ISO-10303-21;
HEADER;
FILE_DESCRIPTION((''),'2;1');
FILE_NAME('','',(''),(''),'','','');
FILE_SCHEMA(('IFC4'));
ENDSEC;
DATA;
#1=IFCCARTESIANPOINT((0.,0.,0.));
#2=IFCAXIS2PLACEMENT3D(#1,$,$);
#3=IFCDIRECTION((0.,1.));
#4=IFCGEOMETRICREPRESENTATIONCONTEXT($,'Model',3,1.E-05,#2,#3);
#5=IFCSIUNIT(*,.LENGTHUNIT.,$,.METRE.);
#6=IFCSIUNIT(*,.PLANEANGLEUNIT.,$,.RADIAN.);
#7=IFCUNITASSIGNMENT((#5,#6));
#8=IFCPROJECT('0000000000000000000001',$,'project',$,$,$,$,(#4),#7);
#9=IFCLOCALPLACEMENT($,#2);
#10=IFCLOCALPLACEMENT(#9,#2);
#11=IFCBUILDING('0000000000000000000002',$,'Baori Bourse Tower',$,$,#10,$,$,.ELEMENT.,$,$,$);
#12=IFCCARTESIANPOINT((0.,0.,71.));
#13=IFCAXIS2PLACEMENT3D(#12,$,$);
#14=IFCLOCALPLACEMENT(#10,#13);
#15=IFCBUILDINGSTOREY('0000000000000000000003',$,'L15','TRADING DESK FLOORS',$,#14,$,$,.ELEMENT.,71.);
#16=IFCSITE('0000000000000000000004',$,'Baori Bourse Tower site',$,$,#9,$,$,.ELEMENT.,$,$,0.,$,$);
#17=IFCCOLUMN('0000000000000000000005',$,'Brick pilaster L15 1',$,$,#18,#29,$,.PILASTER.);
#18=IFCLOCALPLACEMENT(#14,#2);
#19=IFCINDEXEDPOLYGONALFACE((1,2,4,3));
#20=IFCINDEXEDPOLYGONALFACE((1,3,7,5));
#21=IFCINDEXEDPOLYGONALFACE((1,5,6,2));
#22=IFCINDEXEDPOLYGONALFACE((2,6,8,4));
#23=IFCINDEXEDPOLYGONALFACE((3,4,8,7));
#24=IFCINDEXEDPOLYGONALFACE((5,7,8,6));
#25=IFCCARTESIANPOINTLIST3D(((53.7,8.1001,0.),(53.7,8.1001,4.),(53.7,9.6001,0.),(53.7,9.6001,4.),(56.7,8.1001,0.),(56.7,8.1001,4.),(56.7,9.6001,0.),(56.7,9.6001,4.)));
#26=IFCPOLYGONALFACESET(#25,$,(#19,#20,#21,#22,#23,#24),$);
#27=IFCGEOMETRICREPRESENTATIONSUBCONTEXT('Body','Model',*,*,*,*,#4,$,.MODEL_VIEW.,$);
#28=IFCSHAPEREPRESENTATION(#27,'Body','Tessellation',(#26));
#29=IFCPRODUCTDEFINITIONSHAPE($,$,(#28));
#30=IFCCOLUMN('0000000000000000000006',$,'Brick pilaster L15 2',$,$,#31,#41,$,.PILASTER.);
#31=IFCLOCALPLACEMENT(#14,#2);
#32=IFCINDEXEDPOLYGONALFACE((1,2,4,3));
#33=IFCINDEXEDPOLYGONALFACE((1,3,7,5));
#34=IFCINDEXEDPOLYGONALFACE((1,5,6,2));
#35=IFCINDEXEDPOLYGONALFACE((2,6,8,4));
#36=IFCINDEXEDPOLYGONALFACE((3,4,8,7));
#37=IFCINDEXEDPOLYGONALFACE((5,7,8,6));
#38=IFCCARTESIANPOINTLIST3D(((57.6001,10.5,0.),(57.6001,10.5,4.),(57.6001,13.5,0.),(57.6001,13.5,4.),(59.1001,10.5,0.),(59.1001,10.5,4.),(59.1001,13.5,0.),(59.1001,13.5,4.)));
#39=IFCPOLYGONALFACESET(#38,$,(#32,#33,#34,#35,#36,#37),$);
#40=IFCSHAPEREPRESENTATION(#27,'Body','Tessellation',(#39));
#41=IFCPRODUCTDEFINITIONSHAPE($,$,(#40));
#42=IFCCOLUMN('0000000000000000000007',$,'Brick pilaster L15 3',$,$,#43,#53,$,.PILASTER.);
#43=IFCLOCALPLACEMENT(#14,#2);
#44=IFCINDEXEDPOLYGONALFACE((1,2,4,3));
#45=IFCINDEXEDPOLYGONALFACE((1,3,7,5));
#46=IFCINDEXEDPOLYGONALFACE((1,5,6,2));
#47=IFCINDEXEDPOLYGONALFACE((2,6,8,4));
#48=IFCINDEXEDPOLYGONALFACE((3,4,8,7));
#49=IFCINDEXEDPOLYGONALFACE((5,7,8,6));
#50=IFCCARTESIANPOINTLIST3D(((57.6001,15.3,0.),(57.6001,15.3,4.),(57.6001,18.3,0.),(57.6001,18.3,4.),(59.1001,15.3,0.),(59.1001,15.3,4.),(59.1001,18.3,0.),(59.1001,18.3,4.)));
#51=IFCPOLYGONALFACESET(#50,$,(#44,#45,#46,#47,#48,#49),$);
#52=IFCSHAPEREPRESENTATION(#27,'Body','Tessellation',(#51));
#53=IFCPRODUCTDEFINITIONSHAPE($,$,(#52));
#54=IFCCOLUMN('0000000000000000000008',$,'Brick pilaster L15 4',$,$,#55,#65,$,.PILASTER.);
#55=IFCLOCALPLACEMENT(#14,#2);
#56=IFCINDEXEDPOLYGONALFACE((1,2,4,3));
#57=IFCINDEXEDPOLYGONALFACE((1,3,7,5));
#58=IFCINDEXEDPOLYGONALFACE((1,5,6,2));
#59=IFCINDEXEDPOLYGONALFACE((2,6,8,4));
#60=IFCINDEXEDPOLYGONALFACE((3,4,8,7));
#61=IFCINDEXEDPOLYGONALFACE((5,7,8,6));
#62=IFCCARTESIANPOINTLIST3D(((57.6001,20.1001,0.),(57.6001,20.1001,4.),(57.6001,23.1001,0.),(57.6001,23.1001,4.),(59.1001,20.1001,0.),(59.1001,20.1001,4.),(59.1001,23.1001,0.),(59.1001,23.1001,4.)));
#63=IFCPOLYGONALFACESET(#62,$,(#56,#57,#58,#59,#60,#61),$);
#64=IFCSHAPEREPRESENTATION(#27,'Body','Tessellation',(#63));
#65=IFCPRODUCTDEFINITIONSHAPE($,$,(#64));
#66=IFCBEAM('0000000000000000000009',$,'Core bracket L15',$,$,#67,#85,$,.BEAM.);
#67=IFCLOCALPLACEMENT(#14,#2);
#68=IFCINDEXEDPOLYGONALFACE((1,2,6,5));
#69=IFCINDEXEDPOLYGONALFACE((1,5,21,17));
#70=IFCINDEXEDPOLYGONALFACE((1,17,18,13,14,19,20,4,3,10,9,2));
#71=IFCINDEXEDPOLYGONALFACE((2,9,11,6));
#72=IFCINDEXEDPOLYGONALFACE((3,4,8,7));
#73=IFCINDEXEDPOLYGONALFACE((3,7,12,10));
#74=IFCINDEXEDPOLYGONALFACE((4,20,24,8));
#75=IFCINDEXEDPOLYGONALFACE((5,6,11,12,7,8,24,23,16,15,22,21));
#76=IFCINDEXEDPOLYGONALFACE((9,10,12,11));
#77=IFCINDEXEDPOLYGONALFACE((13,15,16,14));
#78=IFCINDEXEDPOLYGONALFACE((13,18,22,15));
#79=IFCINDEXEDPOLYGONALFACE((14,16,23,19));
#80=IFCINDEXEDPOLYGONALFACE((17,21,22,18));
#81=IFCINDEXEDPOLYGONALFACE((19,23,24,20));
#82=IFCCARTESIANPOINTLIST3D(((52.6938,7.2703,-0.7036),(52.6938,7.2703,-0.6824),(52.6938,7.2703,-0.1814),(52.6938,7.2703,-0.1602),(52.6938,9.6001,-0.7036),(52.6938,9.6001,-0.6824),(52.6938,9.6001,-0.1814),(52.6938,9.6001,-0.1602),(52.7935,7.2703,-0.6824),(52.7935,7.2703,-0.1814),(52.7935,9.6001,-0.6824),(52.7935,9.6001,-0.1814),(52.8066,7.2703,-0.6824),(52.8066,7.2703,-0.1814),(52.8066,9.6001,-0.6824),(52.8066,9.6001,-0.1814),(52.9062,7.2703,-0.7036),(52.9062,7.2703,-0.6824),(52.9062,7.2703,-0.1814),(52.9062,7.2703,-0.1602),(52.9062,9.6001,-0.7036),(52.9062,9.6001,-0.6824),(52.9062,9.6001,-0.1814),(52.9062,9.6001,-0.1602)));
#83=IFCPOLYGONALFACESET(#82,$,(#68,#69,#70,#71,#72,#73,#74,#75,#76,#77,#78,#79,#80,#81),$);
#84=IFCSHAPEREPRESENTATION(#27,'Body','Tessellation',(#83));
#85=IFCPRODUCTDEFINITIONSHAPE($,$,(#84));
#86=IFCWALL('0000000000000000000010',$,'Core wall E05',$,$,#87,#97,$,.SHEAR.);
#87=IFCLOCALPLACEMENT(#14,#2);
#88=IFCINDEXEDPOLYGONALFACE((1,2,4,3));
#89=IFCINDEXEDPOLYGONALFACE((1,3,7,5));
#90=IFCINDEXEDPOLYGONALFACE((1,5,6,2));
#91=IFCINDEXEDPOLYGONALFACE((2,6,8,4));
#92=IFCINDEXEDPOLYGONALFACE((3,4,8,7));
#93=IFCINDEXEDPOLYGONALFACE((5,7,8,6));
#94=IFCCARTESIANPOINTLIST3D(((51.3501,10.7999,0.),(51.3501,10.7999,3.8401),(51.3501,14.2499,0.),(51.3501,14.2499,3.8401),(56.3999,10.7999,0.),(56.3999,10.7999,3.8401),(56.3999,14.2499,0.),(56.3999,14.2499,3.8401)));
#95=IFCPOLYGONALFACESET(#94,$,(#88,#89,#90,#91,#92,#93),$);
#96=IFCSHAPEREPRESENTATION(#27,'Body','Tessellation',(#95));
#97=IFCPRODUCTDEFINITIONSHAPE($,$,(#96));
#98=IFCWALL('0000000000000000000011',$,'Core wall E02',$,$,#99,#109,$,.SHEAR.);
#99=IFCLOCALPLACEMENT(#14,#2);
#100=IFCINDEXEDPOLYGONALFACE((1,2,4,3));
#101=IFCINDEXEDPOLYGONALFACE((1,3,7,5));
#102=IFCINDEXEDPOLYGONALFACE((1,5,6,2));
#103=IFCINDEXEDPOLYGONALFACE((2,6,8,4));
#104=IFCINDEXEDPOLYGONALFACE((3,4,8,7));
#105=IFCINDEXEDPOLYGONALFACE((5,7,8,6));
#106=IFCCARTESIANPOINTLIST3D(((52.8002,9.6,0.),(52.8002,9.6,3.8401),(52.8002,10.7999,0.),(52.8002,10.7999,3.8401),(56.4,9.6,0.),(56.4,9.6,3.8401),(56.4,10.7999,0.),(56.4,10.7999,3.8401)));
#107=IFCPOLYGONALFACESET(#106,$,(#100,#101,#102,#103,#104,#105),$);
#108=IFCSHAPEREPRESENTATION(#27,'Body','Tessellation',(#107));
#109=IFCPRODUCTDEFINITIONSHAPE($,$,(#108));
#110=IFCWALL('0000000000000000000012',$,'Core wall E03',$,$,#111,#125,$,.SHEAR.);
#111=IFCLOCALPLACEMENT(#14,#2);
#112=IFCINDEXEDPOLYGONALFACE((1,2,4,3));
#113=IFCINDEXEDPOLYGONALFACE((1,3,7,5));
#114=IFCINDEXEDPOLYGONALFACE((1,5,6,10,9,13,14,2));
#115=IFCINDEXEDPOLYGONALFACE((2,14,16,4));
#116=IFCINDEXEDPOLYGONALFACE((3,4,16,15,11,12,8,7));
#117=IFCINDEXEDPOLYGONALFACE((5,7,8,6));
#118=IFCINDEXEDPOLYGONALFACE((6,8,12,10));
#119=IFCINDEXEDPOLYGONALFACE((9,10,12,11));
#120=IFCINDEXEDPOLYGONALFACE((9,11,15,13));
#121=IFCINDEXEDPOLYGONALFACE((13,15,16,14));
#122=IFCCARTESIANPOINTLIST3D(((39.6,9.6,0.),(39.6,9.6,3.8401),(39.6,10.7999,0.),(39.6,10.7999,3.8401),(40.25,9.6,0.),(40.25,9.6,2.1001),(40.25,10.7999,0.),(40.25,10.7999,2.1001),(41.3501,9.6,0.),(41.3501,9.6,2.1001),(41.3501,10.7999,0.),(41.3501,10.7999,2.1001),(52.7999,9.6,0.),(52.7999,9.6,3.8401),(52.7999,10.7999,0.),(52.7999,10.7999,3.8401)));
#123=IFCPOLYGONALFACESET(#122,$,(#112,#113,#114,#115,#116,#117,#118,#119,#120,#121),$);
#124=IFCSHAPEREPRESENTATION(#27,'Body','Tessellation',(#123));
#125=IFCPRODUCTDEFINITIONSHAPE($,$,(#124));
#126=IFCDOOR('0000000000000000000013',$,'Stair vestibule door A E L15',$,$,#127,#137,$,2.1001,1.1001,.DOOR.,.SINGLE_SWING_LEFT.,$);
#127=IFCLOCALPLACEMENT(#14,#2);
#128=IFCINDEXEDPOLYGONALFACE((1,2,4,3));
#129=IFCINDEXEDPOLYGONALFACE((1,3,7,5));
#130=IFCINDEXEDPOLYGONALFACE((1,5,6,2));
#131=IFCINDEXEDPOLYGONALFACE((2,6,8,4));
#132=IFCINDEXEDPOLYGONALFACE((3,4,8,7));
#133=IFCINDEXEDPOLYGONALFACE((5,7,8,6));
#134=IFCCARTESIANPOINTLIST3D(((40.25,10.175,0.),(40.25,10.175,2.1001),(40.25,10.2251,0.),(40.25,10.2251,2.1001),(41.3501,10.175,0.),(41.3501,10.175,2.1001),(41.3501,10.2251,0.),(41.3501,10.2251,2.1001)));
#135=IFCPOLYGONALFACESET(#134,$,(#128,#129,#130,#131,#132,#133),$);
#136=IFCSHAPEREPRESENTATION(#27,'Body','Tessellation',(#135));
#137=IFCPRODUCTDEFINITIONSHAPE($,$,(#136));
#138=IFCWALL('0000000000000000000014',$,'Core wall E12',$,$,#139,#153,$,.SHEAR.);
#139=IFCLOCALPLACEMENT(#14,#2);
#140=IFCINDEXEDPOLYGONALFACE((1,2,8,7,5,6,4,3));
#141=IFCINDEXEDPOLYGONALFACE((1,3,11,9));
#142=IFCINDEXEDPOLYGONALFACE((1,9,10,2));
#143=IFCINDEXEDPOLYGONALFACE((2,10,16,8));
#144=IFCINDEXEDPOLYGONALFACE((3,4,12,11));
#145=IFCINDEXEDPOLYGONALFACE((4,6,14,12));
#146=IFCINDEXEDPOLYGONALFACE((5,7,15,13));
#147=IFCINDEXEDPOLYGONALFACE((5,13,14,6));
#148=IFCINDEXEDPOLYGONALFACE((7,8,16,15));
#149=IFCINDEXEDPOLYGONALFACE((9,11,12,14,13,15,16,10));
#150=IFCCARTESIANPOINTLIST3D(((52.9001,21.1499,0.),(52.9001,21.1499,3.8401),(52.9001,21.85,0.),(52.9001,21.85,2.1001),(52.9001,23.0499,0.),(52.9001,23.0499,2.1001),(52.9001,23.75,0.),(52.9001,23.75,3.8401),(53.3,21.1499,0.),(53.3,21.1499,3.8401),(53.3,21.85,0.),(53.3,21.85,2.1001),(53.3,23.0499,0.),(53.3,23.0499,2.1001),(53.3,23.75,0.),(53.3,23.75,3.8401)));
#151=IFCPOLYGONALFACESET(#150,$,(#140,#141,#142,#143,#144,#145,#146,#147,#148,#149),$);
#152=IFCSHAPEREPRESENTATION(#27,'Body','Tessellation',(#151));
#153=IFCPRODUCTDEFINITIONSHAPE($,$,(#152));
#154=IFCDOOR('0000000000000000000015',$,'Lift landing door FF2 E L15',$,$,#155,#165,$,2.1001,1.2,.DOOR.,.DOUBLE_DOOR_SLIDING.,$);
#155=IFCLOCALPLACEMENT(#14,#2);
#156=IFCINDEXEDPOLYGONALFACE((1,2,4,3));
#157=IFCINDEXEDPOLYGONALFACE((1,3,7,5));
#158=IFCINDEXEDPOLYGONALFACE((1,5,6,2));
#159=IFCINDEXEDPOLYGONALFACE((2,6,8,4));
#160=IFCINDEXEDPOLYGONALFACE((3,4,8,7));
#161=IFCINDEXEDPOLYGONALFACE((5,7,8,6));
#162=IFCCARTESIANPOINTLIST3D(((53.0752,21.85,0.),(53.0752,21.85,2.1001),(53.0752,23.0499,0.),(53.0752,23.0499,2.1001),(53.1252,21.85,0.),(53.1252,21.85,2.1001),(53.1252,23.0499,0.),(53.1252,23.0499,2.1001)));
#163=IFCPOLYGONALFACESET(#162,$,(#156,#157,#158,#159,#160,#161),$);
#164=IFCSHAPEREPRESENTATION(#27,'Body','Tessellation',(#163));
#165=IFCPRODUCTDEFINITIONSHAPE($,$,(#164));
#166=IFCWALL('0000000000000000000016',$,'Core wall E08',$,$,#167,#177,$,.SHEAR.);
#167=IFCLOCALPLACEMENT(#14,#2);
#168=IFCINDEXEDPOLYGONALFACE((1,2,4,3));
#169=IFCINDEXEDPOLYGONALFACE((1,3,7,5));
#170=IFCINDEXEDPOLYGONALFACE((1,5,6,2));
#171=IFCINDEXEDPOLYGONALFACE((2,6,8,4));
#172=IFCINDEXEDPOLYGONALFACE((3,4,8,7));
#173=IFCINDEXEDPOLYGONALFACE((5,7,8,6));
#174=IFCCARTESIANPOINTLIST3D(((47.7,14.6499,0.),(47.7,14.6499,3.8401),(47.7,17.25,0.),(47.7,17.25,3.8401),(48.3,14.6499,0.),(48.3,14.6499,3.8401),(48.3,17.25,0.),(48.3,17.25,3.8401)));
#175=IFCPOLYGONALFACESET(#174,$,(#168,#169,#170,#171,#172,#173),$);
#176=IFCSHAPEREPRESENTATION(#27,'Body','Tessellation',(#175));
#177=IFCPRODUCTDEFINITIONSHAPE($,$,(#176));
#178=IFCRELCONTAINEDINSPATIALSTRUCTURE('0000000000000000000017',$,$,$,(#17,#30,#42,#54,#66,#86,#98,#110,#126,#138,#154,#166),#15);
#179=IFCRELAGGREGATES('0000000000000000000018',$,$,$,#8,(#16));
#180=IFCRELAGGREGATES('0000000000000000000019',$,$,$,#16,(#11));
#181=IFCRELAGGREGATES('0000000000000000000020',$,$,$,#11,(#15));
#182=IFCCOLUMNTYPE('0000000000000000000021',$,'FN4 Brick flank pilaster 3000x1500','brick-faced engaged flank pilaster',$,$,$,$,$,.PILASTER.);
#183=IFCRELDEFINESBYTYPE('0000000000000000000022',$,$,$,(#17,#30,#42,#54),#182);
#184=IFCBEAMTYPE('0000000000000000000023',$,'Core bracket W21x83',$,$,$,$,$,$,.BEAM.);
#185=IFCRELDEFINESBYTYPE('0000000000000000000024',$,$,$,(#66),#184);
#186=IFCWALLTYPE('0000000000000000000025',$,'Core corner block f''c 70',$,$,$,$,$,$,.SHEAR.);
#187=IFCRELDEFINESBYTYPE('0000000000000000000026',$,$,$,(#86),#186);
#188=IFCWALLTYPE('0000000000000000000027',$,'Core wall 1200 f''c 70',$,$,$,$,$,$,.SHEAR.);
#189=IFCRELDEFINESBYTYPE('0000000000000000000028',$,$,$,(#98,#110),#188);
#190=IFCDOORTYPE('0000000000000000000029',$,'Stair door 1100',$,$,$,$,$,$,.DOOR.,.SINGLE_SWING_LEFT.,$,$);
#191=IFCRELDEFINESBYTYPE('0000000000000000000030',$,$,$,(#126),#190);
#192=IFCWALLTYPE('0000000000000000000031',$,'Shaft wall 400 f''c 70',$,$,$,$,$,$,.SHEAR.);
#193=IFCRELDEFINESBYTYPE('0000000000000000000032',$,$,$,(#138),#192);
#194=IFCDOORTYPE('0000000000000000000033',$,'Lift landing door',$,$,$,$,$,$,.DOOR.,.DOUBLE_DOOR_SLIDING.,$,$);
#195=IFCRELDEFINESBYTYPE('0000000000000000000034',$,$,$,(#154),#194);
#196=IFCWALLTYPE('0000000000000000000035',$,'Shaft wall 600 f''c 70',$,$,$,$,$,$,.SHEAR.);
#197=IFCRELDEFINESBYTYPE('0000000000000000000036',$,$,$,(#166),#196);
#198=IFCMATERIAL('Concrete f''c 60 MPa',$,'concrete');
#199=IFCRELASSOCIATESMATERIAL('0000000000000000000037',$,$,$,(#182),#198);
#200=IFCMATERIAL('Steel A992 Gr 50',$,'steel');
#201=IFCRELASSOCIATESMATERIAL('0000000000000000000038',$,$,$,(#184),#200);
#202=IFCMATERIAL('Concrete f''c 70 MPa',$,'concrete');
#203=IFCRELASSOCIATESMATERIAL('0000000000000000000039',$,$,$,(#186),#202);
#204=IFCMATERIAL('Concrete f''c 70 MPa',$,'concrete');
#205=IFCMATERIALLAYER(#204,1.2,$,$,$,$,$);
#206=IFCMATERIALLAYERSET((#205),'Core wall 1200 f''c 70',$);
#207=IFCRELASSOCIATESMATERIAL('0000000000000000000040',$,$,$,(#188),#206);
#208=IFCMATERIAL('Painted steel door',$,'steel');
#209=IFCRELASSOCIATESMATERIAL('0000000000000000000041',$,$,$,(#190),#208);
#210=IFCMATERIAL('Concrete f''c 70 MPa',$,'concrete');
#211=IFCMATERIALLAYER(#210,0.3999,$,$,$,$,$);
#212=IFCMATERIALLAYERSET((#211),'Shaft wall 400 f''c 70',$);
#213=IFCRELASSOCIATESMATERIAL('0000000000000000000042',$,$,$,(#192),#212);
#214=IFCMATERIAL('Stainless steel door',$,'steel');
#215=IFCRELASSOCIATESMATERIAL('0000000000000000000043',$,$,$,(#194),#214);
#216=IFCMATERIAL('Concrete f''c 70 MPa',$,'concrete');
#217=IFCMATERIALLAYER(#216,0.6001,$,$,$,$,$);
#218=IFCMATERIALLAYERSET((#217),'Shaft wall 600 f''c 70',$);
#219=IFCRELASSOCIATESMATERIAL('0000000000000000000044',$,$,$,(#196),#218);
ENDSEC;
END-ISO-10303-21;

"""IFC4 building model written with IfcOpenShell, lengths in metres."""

from ifc_helpers import new_model, si_unit, direction, frame, frame_2d, origin, origin_2d, place, context, subcontext, project, spatial, rectangle, i_section, extrude, material, layer, layer_set, material_profile, profile_set, type_object, element, fill, save


model = new_model("IFC4")

# Units and contexts
model_context = context("Model", 3, precision=1e-05, world=origin(), true_north=direction((0.0, 1.0)))
body_context = subcontext(model_context, "Body", "Model", "MODEL_VIEW")
ifc_project = project(units=[si_unit("LENGTHUNIT", "METRE"), si_unit("PLANEANGLEUNIT", "RADIAN")], contexts=[model_context])

# Site, building, storey
site_placement = place(None, origin())
site = spatial("IfcSite", under=ifc_project, at=site_placement, Name="Baori Bourse Tower site", CompositionType="ELEMENT", RefElevation=0.0)
building_placement = place(site_placement, origin())
building = spatial("IfcBuilding", under=site, at=building_placement, Name="Baori Bourse Tower", CompositionType="ELEMENT")
storey_placement = place(building_placement, frame((0.0, 0.0, 71.0)))
storey = spatial("IfcBuildingStorey", under=building, at=storey_placement, Name="L15", Description="TRADING DESK FLOORS", CompositionType="ELEMENT", Elevation=71.0)

# Columns
ifc_material_1 = material(Name="Concrete f'c 60 MPa", Category="concrete")
ifc_material_profile_1 = material_profile(ifc_material_1, rectangle(XDim=3.0, YDim=1.5, at=origin_2d()), Name="RC 3000x1500")
ifc_profile_set_1 = profile_set([ifc_material_profile_1], Name="Concrete f'c 60 MPa")
column_type = type_object("IfcColumnType", Name="FN4 Brick flank pilaster 3000x1500", Description="brick-faced engaged flank pilaster", PredefinedType="PILASTER", material=ifc_profile_set_1)
for number, where, z_axis, x_axis, name in (
    (1, (55.2, 8.8501, 0.0), (0.0, 0.0, 1.0), (1.0, 0.0, 0.0), "Brick pilaster L15 1"),
    (2, (58.3501, 12.0, 0.0), (0.0, 0.0, 1.0), (0.0, 1.0, 0.0), "Brick pilaster L15 2"),
    (3, (58.3501, 16.8, 0.0), (0.0, 0.0, 1.0), (0.0, 1.0, 0.0), "Brick pilaster L15 3"),
    (4, (58.3501, 21.6001, 0.0), (0.0, 0.0, 1.0), (0.0, 1.0, 0.0), "Brick pilaster L15 4"),
):
    element("IfcColumn", number, at=place(storey_placement, frame(where, z_axis=z_axis, x_axis=x_axis)), inside=storey, type_object=column_type, Name=name, PredefinedType="PILASTER", context=body_context, shape_type="SweptSolid", body=[
        extrude(rectangle(XDim=3.0, YDim=1.5, at=origin_2d()), origin(), (0.0, 0.0, 1.0), 4.0),
    ])

# Beam
ifc_material_2 = material(Name="Steel A992 Gr 50", Category="steel")
ifc_material_profile_2 = material_profile(ifc_material_2, i_section(OverallWidth=0.2124, OverallDepth=0.5435, WebThickness=0.0132, FlangeThickness=0.0212, at=origin_2d()), Name="W21x83")
ifc_profile_set_2 = profile_set([ifc_material_profile_2], Name="Steel A992 Gr 50")
beam_type = type_object("IfcBeamType", Name="Core bracket W21x83", PredefinedType="BEAM", material=ifc_profile_set_2)
beam_placement = place(storey_placement, frame((52.8, 7.2703, -0.4319), z_axis=(0.0, 1.0, 0.0), x_axis=(-1.0, 0.0, 0.0)))
element("IfcBeam", 5, at=beam_placement, inside=storey, type_object=beam_type, Name="Core bracket L15", PredefinedType="BEAM", context=body_context, shape_type="SweptSolid", body=[
    extrude(i_section(OverallWidth=0.2124, OverallDepth=0.5435, WebThickness=0.0132, FlangeThickness=0.0212, at=origin_2d()), origin(), (0.0, 0.0, 1.0), 2.3298),
])

# Walls
ifc_material_3 = material(Name="Concrete f'c 70 MPa", Category="concrete")
wall_type_1 = type_object("IfcWallType", Name="Core corner block f'c 70", PredefinedType="SHEAR", material=ifc_material_3)
wall_1_placement = place(storey_placement, frame((51.3501, 12.5249, 0.0), z_axis=(0.0, 0.0, 1.0), x_axis=(1.0, 0.0, 0.0)))
element("IfcWall", 6, at=wall_1_placement, inside=storey, type_object=wall_type_1, Name="Core wall E05", PredefinedType="SHEAR", context=body_context, shape_type="SweptSolid", body=[
    extrude(rectangle(XDim=5.0498, YDim=3.45, at=frame_2d((2.5249, 0.0))), origin(), (0.0, 0.0, 1.0), 3.8401),
])
ifc_material_4 = material(Name="Concrete f'c 70 MPa", Category="concrete")
ifc_layer_1 = layer(ifc_material_4, 1.2)
ifc_layer_set_1 = layer_set([ifc_layer_1], Name="Core wall 1200 f'c 70")
wall_type_2 = type_object("IfcWallType", Name="Core wall 1200 f'c 70", PredefinedType="SHEAR", material=ifc_layer_set_1)
wall_2_placement = place(storey_placement, frame((56.3999, 10.2, 0.0), z_axis=(0.0, 0.0, 1.0), x_axis=(-1.0, 0.0, 0.0)))
element("IfcWall", 7, at=wall_2_placement, inside=storey, type_object=wall_type_2, Name="Core wall E02", PredefinedType="SHEAR", context=body_context, shape_type="SweptSolid", body=[
    extrude(rectangle(XDim=3.5999, YDim=1.2, at=frame_2d((1.7998, 0.0))), origin(), (0.0, 0.0, 1.0), 3.8401),
])

# Walls, openings, doors
wall_3_placement = place(storey_placement, frame((52.8, 10.2, 0.0), z_axis=(0.0, 0.0, 1.0), x_axis=(-1.0, 0.0, 0.0)))
wall_3 = element("IfcWall", 8, at=wall_3_placement, inside=storey, type_object=wall_type_2, Name="Core wall E03", PredefinedType="SHEAR", context=body_context, shape_type="SweptSolid", body=[
    extrude(rectangle(XDim=13.2, YDim=1.2, at=frame_2d((6.6001, 0.0))), origin(), (0.0, 0.0, 1.0), 3.8401),
])
opening_1_placement = place(wall_3_placement, frame((11.45, 0.0, 0.0)))
opening_1 = element("IfcOpeningElement", 9, at=opening_1_placement, cuts=wall_3, PredefinedType="OPENING", context=body_context, shape_type="SweptSolid", body=[
    extrude(rectangle(XDim=1.1001, YDim=2.1001, at=frame_2d((0.55, 1.05))), frame((0.0, 0.6099, 0.0), z_axis=(0.0, -1.0, 0.0), x_axis=(1.0, 0.0, 0.0)), (0.0, 0.0, 1.0), 1.22),
])
ifc_material_5 = material(Name="Painted steel door", Category="steel")
door_type_1 = type_object("IfcDoorType", Name="Stair door 1100", OperationType="SINGLE_SWING_LEFT", PredefinedType="DOOR", material=ifc_material_5)
door_1_placement = place(opening_1_placement, origin())
door_1 = element("IfcDoor", 10, at=door_1_placement, inside=storey, type_object=door_type_1, Name="Stair vestibule door A E L15", OperationType="SINGLE_SWING_LEFT", OverallHeight=2.1001, OverallWidth=1.1001, PredefinedType="DOOR", context=body_context, shape_type="SweptSolid", body=[
    extrude(rectangle(XDim=1.1001, YDim=2.1001, at=frame_2d((0.55, 1.05))), frame((0.0, 0.0249, 0.0), z_axis=(0.0, -1.0, 0.0), x_axis=(1.0, 0.0, 0.0)), (0.0, 0.0, 1.0), 0.05),
])
fill(opening_1, door_1)
ifc_material_6 = material(Name="Concrete f'c 70 MPa", Category="concrete")
ifc_layer_2 = layer(ifc_material_6, 0.3999)
ifc_layer_set_2 = layer_set([ifc_layer_2], Name="Shaft wall 400 f'c 70")
wall_type_3 = type_object("IfcWallType", Name="Shaft wall 400 f'c 70", PredefinedType="SHEAR", material=ifc_layer_set_2)
wall_4_placement = place(storey_placement, frame((53.1001, 21.1499, 0.0), z_axis=(0.0, 0.0, 1.0), x_axis=(0.0, 1.0, 0.0)))
wall_4 = element("IfcWall", 11, at=wall_4_placement, inside=storey, type_object=wall_type_3, Name="Core wall E12", PredefinedType="SHEAR", context=body_context, shape_type="SweptSolid", body=[
    extrude(rectangle(XDim=2.6001, YDim=0.3999, at=frame_2d((1.3, 0.0))), origin(), (0.0, 0.0, 1.0), 3.8401),
])
opening_2_placement = place(wall_4_placement, frame((0.7, 0.0, 0.0)))
opening_2 = element("IfcOpeningElement", 12, at=opening_2_placement, cuts=wall_4, PredefinedType="OPENING", context=body_context, shape_type="SweptSolid", body=[
    extrude(rectangle(XDim=1.2, YDim=2.1001, at=frame_2d((0.6001, 1.05))), frame((0.0, 0.21, 0.0), z_axis=(0.0, -1.0, 0.0), x_axis=(1.0, 0.0, 0.0)), (0.0, 0.0, 1.0), 0.4199),
])
ifc_material_7 = material(Name="Stainless steel door", Category="steel")
door_type_2 = type_object("IfcDoorType", Name="Lift landing door", OperationType="DOUBLE_DOOR_SLIDING", PredefinedType="DOOR", material=ifc_material_7)
door_2_placement = place(opening_2_placement, origin())
door_2 = element("IfcDoor", 13, at=door_2_placement, inside=storey, type_object=door_type_2, Name="Lift landing door FF2 E L15", OperationType="DOUBLE_DOOR_SLIDING", OverallHeight=2.1001, OverallWidth=1.2, PredefinedType="DOOR", context=body_context, shape_type="SweptSolid", body=[
    extrude(rectangle(XDim=1.2, YDim=2.1001, at=frame_2d((0.6001, 1.05))), frame((0.0, 0.0249, 0.0), z_axis=(0.0, -1.0, 0.0), x_axis=(1.0, 0.0, 0.0)), (0.0, 0.0, 1.0), 0.05),
])
fill(opening_2, door_2)

# Wall
ifc_material_8 = material(Name="Concrete f'c 70 MPa", Category="concrete")
ifc_layer_3 = layer(ifc_material_8, 0.6001)
ifc_layer_set_3 = layer_set([ifc_layer_3], Name="Shaft wall 600 f'c 70")
wall_type_4 = type_object("IfcWallType", Name="Shaft wall 600 f'c 70", PredefinedType="SHEAR", material=ifc_layer_set_3)
for number, where, z_axis, x_axis, name in (
    (14, (48.0, 14.6499, 0.0), (0.0, 0.0, 1.0), (0.0, 1.0, 0.0), "Core wall E08"),
):
    element("IfcWall", number, at=place(storey_placement, frame(where, z_axis=z_axis, x_axis=x_axis)), inside=storey, type_object=wall_type_4, Name=name, PredefinedType="SHEAR", context=body_context, shape_type="SweptSolid", body=[
        extrude(rectangle(XDim=2.6001, YDim=0.6001, at=frame_2d((1.3, 0.0))), origin(), (0.0, 0.0, 1.0), 3.8401),
    ])

save(model, "model.ifc")
